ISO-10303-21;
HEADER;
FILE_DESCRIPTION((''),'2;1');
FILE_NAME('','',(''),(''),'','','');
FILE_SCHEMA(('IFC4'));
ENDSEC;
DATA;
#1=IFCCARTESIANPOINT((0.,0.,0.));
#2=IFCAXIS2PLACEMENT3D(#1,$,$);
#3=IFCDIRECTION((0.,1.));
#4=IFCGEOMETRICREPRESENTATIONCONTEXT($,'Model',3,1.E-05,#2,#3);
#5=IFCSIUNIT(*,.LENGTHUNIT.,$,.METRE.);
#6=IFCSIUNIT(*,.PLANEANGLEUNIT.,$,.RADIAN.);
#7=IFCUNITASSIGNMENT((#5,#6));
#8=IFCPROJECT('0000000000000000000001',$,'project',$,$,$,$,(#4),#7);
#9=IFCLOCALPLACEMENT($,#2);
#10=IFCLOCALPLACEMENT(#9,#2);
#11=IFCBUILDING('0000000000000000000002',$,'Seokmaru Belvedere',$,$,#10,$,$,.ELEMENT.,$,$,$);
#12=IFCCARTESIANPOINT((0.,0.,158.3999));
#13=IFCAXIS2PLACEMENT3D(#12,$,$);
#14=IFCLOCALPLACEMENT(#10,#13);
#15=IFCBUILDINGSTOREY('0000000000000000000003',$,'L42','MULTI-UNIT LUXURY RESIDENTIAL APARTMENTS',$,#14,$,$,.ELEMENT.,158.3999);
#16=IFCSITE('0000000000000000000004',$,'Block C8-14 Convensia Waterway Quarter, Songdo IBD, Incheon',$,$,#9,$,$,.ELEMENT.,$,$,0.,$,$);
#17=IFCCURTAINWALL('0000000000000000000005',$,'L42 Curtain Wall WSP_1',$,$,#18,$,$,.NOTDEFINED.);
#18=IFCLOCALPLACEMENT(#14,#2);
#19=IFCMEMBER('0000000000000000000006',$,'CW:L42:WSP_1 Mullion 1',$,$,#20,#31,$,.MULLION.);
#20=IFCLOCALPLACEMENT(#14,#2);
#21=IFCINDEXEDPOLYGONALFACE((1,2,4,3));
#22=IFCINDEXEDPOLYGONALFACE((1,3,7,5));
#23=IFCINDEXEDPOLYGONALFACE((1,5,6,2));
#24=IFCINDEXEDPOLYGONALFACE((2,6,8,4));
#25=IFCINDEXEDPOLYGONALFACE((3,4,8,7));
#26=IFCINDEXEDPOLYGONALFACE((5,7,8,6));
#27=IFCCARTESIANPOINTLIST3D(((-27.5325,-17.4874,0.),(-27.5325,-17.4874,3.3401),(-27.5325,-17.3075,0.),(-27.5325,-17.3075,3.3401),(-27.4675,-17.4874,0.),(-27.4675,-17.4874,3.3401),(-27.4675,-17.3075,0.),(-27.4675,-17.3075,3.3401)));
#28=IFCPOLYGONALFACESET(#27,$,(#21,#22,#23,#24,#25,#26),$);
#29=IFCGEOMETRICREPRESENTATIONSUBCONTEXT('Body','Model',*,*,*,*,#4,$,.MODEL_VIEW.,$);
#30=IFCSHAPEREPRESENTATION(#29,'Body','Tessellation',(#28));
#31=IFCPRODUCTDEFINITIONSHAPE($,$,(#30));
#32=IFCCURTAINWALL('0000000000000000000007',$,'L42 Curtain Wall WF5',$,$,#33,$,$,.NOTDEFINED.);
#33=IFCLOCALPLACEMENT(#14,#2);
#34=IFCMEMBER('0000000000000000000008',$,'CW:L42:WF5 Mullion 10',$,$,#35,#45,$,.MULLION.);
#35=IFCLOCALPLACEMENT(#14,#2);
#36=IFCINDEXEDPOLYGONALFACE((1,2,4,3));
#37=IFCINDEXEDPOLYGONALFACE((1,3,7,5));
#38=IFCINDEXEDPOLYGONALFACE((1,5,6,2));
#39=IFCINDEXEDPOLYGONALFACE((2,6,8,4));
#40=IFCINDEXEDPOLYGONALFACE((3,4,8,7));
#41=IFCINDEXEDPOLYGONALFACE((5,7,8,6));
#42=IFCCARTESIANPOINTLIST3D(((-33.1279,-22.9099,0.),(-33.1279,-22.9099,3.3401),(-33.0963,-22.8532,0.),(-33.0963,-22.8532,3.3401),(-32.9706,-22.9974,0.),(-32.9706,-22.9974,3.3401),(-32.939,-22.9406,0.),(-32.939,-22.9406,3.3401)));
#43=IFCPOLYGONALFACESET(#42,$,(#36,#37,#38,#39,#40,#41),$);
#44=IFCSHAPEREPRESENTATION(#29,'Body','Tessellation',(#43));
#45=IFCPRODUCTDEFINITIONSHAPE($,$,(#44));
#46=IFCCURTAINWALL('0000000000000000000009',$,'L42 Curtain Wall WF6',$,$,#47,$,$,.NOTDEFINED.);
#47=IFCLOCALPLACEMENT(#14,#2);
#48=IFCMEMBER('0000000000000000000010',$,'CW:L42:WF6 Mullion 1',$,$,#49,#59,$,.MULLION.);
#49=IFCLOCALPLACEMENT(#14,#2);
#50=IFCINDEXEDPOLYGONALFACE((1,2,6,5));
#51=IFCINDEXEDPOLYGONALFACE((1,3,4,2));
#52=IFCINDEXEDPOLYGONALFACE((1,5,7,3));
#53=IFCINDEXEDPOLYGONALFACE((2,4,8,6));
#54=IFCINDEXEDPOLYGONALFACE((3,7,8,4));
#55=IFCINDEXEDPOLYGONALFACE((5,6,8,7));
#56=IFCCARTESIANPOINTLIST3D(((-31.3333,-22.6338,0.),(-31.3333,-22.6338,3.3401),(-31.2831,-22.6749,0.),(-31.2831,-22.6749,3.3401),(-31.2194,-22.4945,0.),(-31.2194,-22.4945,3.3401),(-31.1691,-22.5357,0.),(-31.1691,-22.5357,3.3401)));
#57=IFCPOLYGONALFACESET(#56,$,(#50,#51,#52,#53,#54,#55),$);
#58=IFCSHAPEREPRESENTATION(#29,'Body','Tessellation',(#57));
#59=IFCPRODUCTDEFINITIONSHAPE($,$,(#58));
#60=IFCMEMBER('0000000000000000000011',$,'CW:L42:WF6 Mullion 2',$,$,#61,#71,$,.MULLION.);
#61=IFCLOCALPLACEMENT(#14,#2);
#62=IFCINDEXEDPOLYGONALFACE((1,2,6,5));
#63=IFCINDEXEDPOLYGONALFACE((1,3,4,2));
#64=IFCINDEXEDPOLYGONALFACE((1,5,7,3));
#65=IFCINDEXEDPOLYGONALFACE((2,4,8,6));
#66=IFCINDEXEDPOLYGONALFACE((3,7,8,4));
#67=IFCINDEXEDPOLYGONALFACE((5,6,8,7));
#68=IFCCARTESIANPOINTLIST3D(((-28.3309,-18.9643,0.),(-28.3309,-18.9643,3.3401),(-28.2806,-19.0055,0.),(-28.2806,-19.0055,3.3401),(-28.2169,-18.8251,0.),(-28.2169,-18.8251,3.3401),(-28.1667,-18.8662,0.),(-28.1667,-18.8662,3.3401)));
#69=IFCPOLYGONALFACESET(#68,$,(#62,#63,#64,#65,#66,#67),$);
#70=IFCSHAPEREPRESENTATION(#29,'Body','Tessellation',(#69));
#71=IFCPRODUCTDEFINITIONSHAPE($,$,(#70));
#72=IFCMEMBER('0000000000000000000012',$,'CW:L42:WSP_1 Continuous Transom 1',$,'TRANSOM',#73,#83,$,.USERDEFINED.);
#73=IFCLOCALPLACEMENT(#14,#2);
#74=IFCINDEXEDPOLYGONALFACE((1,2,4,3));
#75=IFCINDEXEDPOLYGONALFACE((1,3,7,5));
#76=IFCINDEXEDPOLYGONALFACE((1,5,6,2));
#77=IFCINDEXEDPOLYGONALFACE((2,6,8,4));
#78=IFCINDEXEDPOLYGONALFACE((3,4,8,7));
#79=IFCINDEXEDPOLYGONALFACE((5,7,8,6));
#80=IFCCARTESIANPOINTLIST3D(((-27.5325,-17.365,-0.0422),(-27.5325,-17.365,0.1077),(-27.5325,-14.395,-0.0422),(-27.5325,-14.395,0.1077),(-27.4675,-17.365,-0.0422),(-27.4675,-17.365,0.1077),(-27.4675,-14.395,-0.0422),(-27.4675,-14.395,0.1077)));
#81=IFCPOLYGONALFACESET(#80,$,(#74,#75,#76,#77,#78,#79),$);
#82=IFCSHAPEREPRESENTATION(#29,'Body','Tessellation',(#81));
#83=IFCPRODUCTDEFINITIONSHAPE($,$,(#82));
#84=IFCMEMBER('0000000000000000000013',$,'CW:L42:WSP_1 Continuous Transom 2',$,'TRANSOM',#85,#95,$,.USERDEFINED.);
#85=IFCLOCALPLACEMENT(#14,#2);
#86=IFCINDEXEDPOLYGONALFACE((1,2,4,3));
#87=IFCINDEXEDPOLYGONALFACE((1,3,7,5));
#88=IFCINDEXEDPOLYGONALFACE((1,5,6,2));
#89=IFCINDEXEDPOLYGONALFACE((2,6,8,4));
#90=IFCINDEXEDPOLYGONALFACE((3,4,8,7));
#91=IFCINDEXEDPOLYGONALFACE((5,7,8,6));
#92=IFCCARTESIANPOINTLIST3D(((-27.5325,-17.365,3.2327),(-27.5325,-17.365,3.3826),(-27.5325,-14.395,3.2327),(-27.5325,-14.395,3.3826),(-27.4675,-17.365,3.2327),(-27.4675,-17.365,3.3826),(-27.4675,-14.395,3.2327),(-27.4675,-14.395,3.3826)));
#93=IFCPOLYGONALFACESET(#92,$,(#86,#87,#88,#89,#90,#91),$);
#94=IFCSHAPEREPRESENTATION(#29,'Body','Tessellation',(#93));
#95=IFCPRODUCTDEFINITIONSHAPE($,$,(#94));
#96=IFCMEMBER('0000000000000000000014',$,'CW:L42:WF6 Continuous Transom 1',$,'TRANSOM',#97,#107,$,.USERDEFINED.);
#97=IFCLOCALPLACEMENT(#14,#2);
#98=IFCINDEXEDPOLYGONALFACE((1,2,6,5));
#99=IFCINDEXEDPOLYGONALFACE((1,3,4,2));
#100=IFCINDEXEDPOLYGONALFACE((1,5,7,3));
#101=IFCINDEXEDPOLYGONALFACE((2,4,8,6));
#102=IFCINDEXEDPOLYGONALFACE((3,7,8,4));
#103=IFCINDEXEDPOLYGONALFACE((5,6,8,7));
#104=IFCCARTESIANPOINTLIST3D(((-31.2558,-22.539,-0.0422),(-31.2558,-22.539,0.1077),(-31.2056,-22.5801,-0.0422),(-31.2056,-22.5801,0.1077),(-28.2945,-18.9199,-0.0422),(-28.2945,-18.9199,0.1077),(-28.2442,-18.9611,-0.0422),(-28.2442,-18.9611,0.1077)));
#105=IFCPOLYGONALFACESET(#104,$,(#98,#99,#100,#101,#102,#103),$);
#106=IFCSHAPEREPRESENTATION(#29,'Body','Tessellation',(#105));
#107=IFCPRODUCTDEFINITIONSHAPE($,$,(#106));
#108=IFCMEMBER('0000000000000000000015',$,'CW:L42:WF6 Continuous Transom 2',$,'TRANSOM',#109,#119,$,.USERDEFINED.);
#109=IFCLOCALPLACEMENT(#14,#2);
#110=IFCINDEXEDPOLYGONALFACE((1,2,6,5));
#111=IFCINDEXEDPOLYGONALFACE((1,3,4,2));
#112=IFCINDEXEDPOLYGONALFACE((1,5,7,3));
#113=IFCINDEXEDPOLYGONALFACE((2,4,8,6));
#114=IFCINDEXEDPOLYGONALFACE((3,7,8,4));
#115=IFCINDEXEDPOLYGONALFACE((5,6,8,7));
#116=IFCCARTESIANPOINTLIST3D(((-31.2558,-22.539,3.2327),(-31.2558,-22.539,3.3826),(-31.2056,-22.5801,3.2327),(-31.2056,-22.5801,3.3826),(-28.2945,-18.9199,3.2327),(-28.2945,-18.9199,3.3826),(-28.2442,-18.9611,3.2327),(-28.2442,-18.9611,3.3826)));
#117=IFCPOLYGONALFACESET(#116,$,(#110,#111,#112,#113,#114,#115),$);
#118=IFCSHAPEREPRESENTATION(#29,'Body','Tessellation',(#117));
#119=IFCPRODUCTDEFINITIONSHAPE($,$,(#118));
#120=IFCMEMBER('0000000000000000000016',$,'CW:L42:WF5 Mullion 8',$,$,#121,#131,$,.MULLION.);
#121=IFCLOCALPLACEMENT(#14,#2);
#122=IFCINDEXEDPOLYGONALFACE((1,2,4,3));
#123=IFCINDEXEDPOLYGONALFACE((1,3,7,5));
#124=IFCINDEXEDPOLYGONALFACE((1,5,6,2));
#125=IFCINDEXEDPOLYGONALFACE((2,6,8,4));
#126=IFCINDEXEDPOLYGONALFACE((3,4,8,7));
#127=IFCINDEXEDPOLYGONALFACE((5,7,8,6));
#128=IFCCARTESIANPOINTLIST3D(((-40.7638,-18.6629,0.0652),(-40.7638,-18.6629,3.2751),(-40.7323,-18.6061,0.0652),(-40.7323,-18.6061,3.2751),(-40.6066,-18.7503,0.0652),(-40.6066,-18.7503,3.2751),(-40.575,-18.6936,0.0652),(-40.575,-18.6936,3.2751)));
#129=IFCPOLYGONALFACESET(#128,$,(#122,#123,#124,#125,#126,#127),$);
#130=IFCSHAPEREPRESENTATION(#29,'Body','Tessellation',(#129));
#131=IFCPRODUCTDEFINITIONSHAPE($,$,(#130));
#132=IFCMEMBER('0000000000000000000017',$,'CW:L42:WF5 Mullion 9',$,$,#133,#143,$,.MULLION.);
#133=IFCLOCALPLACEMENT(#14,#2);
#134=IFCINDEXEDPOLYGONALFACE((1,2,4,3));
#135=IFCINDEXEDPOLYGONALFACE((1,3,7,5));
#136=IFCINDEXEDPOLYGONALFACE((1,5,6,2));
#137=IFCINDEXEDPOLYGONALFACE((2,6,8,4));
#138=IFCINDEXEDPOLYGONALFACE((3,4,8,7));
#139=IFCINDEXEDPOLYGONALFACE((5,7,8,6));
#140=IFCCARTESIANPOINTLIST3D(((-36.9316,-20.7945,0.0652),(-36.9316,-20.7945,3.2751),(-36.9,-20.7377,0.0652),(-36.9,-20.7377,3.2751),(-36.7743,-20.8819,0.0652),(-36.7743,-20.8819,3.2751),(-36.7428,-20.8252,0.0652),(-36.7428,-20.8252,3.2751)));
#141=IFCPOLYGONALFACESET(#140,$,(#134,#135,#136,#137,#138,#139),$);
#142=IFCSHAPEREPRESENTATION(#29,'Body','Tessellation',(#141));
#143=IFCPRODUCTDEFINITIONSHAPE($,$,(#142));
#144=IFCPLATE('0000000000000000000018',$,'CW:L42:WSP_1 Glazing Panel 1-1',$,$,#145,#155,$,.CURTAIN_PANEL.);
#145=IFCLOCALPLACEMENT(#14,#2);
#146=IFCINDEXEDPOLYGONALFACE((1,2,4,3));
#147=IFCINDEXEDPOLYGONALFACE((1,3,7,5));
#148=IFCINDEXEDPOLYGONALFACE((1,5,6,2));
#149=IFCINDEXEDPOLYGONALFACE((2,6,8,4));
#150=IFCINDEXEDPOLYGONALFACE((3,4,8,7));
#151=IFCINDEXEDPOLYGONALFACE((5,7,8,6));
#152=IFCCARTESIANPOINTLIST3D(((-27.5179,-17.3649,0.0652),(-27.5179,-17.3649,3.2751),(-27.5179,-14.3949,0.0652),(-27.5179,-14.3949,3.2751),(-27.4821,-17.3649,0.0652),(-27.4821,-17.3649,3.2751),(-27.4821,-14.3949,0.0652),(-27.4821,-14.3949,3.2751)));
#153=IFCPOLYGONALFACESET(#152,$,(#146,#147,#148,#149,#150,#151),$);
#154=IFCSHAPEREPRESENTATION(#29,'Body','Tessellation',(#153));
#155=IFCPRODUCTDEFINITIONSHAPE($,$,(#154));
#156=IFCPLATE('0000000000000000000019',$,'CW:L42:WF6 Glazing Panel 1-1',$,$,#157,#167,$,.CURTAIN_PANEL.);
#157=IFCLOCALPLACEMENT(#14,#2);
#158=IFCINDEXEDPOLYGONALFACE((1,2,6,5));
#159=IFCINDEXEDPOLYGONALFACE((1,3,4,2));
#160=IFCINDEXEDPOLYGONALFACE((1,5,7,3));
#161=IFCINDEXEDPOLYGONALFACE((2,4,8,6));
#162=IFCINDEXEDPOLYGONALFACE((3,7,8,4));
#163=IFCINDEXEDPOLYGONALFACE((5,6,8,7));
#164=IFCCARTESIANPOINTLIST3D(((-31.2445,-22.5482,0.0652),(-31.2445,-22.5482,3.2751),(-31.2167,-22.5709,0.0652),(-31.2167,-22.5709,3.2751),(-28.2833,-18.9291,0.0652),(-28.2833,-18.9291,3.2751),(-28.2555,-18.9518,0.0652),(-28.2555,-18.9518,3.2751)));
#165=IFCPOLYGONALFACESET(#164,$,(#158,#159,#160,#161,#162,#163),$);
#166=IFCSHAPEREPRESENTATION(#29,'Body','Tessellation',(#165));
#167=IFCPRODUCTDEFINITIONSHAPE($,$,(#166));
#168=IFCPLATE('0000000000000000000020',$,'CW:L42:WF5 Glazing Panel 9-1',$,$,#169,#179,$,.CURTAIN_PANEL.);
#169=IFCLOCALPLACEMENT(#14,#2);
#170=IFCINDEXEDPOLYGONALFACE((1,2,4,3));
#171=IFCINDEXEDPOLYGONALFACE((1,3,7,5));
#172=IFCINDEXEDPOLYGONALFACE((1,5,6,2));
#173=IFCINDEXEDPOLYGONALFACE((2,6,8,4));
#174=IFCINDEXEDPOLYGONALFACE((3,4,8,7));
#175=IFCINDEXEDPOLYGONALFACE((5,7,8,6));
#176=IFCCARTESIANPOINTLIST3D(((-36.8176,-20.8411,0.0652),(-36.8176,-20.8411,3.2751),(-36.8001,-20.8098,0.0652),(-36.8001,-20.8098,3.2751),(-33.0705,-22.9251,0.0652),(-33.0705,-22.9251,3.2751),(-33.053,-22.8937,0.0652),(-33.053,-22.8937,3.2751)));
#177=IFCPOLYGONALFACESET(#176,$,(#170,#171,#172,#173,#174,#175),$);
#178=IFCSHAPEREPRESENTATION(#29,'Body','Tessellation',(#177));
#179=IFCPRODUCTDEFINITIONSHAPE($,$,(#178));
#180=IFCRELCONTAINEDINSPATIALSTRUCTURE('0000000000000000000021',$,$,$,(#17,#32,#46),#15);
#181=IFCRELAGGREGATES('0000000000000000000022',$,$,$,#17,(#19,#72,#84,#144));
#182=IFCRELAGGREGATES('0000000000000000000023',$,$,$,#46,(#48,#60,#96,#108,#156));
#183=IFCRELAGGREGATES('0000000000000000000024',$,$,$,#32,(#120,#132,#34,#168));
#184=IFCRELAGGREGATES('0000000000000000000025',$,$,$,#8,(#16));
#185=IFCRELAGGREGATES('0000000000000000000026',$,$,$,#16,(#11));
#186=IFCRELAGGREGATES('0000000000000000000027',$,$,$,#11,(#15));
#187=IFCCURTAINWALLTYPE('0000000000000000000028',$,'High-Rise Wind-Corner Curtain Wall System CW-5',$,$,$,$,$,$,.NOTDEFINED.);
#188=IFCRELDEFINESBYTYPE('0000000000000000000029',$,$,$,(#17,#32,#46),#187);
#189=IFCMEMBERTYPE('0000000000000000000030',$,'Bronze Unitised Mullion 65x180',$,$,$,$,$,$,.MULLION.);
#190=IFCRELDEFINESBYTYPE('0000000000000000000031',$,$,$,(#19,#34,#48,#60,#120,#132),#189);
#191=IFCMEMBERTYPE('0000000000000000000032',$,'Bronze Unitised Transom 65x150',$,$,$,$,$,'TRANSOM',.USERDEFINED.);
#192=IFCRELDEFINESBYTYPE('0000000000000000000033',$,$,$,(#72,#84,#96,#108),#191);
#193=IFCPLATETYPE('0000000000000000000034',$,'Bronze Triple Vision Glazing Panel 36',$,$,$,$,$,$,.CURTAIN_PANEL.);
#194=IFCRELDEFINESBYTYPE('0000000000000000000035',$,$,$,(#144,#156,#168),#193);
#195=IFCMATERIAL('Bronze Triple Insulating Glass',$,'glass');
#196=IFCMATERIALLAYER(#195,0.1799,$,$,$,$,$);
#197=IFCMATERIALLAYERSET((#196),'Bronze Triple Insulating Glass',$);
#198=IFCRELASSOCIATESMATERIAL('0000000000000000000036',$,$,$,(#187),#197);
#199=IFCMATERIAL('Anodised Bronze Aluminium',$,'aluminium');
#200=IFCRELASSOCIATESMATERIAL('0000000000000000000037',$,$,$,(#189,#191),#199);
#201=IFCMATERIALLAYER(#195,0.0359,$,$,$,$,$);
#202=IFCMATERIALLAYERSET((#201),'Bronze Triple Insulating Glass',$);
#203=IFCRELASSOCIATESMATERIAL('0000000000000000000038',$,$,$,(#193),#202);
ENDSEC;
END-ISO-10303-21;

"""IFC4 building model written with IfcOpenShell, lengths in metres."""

from ifc_helpers import new_model, si_unit, direction, frame, origin, origin_2d, place, context, subcontext, project, spatial, rectangle, extrude, source, transform, mapped, material, layer, layer_set, material_profile, profile_set, type_object, type_shapes, element, aggregate, save


model = new_model("IFC4")

# Units and contexts
model_context = context("Model", 3, precision=1e-05, world=origin(), true_north=direction((0.0, 1.0)))
body_context = subcontext(model_context, "Body", "Model", "MODEL_VIEW")
ifc_project = project(units=[si_unit("LENGTHUNIT", "METRE"), si_unit("PLANEANGLEUNIT", "RADIAN")], contexts=[model_context])

# Site, building, storey
site_placement = place(None, origin())
site = spatial("IfcSite", under=ifc_project, at=site_placement, Name="Block C8-14 Convensia Waterway Quarter, Songdo IBD, Incheon", CompositionType="ELEMENT", RefElevation=0.0)
building_placement = place(site_placement, origin())
building = spatial("IfcBuilding", under=site, at=building_placement, Name="Seokmaru Belvedere", CompositionType="ELEMENT")
storey_placement = place(building_placement, frame((0.0, 0.0, 158.3999)))
storey = spatial("IfcBuildingStorey", under=building, at=storey_placement, Name="L42", Description="MULTI-UNIT LUXURY RESIDENTIAL APARTMENTS", CompositionType="ELEMENT", Elevation=158.3999)

# Curtain walls, members
ifc_material_1 = material(Name="Bronze Triple Insulating Glass", Category="glass")
ifc_layer_1 = layer(ifc_material_1, 0.1799)
ifc_layer_set_1 = layer_set([ifc_layer_1], Name="Bronze Triple Insulating Glass")
curtain_wall_type = type_object("IfcCurtainWallType", Name="High-Rise Wind-Corner Curtain Wall System CW-5", PredefinedType="NOTDEFINED", material=ifc_layer_set_1)
curtain_wall_1_placement = place(storey_placement, origin())
curtain_wall_1 = element("IfcCurtainWall", 1, at=curtain_wall_1_placement, inside=storey, type_object=curtain_wall_type, Name="L42 Curtain Wall WSP_1", PredefinedType="NOTDEFINED")
ifc_material_2 = material(Name="Anodised Bronze Aluminium", Category="aluminium")
ifc_material_profile_1 = material_profile(ifc_material_2, rectangle(XDim=0.0649, YDim=0.1799, at=origin_2d()), Name="CW-M-65x180")
ifc_profile_set_1 = profile_set([ifc_material_profile_1], Name="Anodised Bronze Aluminium")
member_type_1 = type_object("IfcMemberType", Name="Bronze Unitised Mullion 65x180", PredefinedType="MULLION", material=ifc_profile_set_1)
shared_shape_1 = source(origin(), body_context, "Body", "SweptSolid", [
    extrude(rectangle(XDim=0.0649, YDim=0.1799, at=origin_2d()), origin(), (0.0, 0.0, 1.0), 3.3401),
])
member_1_placement = place(storey_placement, frame((-27.5, -17.3975, 0.0), z_axis=(0.0, 0.0, 1.0), x_axis=(-1.0, 0.0, 0.0)))
member_1 = element("IfcMember", 2, at=member_1_placement, type_object=member_type_1, Name="CW:L42:WSP_1 Mullion 1", PredefinedType="MULLION", context=body_context, shape_type="MappedRepresentation", body=[
    mapped(shared_shape_1, transform((0.0, 0.0, 0.0), scale=1.0)),
])
curtain_wall_2_placement = place(storey_placement, origin())
curtain_wall_2 = element("IfcCurtainWall", 3, at=curtain_wall_2_placement, inside=storey, type_object=curtain_wall_type, Name="L42 Curtain Wall WF5", PredefinedType="NOTDEFINED")
member_2_placement = place(storey_placement, frame((-33.0334, -22.9253, 0.0), z_axis=(0.0, 0.0, 1.0), x_axis=(0.486047, 0.873933, 0.0)))
member_2 = element("IfcMember", 4, at=member_2_placement, type_object=member_type_1, Name="CW:L42:WF5 Mullion 10", PredefinedType="MULLION", context=body_context, shape_type="MappedRepresentation", body=[
    mapped(shared_shape_1, transform((0.0, 0.0, 0.0), scale=1.0)),
])

# Curtain wall, members
curtain_wall_3_placement = place(storey_placement, origin())
curtain_wall_3 = element("IfcCurtainWall", 5, at=curtain_wall_3_placement, inside=storey, type_object=curtain_wall_type, Name="L42 Curtain Wall WF6", PredefinedType="NOTDEFINED")
member_3_placement = place(storey_placement, frame((-31.2512, -22.5847, 0.0), z_axis=(0.0, 0.0, 1.0), x_axis=(-0.773944, 0.633254, 0.0)))
member_3 = element("IfcMember", 6, at=member_3_placement, type_object=member_type_1, Name="CW:L42:WF6 Mullion 1", PredefinedType="MULLION", context=body_context, shape_type="MappedRepresentation", body=[
    mapped(shared_shape_1, transform((0.0, 0.0, 0.0), scale=1.0)),
])
member_4_placement = place(storey_placement, frame((-28.2488, -18.9153, 0.0), z_axis=(0.0, 0.0, 1.0), x_axis=(-0.773944, 0.633254, 0.0)))
member_4 = element("IfcMember", 7, at=member_4_placement, type_object=member_type_1, Name="CW:L42:WF6 Mullion 2", PredefinedType="MULLION", context=body_context, shape_type="MappedRepresentation", body=[
    mapped(shared_shape_1, transform((0.0, 0.0, 0.0), scale=1.0)),
])

# Members
ifc_material_profile_2 = material_profile(ifc_material_2, rectangle(XDim=0.0649, YDim=0.1499, at=origin_2d()), Name="CW-T-65x150")
ifc_profile_set_2 = profile_set([ifc_material_profile_2], Name="Anodised Bronze Aluminium")
member_type_2 = type_object("IfcMemberType", Name="Bronze Unitised Transom 65x150", ElementType="TRANSOM", PredefinedType="USERDEFINED", material=ifc_profile_set_2)
shared_shape_2 = source(origin(), body_context, "Body", "SweptSolid", [
    extrude(rectangle(XDim=0.0649, YDim=0.1499, at=origin_2d()), origin(), (0.0, 0.0, 1.0), 2.97),
])
member_5_placement = place(storey_placement, frame((-27.5, -17.365, 0.0327), z_axis=(0.0, 1.0, 0.0), x_axis=(-1.0, 0.0, 0.0)))
member_5 = element("IfcMember", 8, at=member_5_placement, type_object=member_type_2, Name="CW:L42:WSP_1 Continuous Transom 1", ObjectType="TRANSOM", PredefinedType="USERDEFINED", context=body_context, shape_type="MappedRepresentation", body=[
    mapped(shared_shape_2, transform((0.0, 0.0, 0.0), scale=1.0)),
])
member_6_placement = place(storey_placement, frame((-27.5, -17.365, 3.3076), z_axis=(0.0, 1.0, 0.0), x_axis=(-1.0, 0.0, 0.0)))
member_6 = element("IfcMember", 9, at=member_6_placement, type_object=member_type_2, Name="CW:L42:WSP_1 Continuous Transom 2", ObjectType="TRANSOM", PredefinedType="USERDEFINED", context=body_context, shape_type="MappedRepresentation", body=[
    mapped(shared_shape_2, transform((0.0, 0.0, 0.0), scale=1.0)),
])
shared_shape_3 = source(origin(), body_context, "Body", "SweptSolid", [
    extrude(rectangle(XDim=0.0649, YDim=0.1499, at=origin_2d()), origin(), (0.0, 0.0, 1.0), 4.6763),
])
type_shapes(member_type_2, [shared_shape_2, shared_shape_3])
member_7_placement = place(storey_placement, frame((-31.2307, -22.5596, 0.0327), z_axis=(0.633278, 0.773925, 0.0), x_axis=(-0.773925, 0.633278, 0.0)))
member_7 = element("IfcMember", 10, at=member_7_placement, type_object=member_type_2, Name="CW:L42:WF6 Continuous Transom 1", ObjectType="TRANSOM", PredefinedType="USERDEFINED", context=body_context, shape_type="MappedRepresentation", body=[
    mapped(shared_shape_3, transform((0.0, 0.0, 0.0), scale=1.0)),
])
member_8_placement = place(storey_placement, frame((-31.2307, -22.5596, 3.3076), z_axis=(0.633278, 0.773925, 0.0), x_axis=(-0.773925, 0.633278, 0.0)))
member_8 = element("IfcMember", 11, at=member_8_placement, type_object=member_type_2, Name="CW:L42:WF6 Continuous Transom 2", ObjectType="TRANSOM", PredefinedType="USERDEFINED", context=body_context, shape_type="MappedRepresentation", body=[
    mapped(shared_shape_3, transform((0.0, 0.0, 0.0), scale=1.0)),
])
shared_shape_4 = source(origin(), body_context, "Body", "SweptSolid", [
    extrude(rectangle(XDim=0.0649, YDim=0.1799, at=origin_2d()), origin(), (0.0, 0.0, 1.0), 3.21),
])
type_shapes(member_type_1, [shared_shape_1, shared_shape_4])
member_9_placement = place(storey_placement, frame((-40.6694, -18.6782, 0.0652), z_axis=(0.0, 0.0, 1.0), x_axis=(0.486047, 0.873933, 0.0)))
member_9 = element("IfcMember", 12, at=member_9_placement, type_object=member_type_1, Name="CW:L42:WF5 Mullion 8", PredefinedType="MULLION", context=body_context, shape_type="MappedRepresentation", body=[
    mapped(shared_shape_4, transform((0.0, 0.0, 0.0), scale=1.0)),
])
member_10_placement = place(storey_placement, frame((-36.8372, -20.8098, 0.0652), z_axis=(0.0, 0.0, 1.0), x_axis=(0.486047, 0.873933, 0.0)))
member_10 = element("IfcMember", 13, at=member_10_placement, type_object=member_type_1, Name="CW:L42:WF5 Mullion 9", PredefinedType="MULLION", context=body_context, shape_type="MappedRepresentation", body=[
    mapped(shared_shape_4, transform((0.0, 0.0, 0.0), scale=1.0)),
])

# Plates
ifc_layer_2 = layer(ifc_material_1, 0.0359)
ifc_layer_set_2 = layer_set([ifc_layer_2], Name="Bronze Triple Insulating Glass")
plate_type = type_object("IfcPlateType", Name="Bronze Triple Vision Glazing Panel 36", PredefinedType="CURTAIN_PANEL", material=ifc_layer_set_2)
shared_shape_5 = source(origin(), body_context, "Body", "SweptSolid", [
    extrude(rectangle(XDim=2.97, YDim=0.0359, at=origin_2d()), origin(), (0.0, 0.0, 1.0), 3.21),
])
plate_1_placement = place(storey_placement, frame((-27.5, -15.8799, 0.0652), z_axis=(0.0, 0.0, 1.0), x_axis=(0.0, 1.0, 0.0)))
plate_1 = element("IfcPlate", 14, at=plate_1_placement, type_object=plate_type, Name="CW:L42:WSP_1 Glazing Panel 1-1", PredefinedType="CURTAIN_PANEL", context=body_context, shape_type="MappedRepresentation", body=[
    mapped(shared_shape_5, transform((0.0, 0.0, 0.0), scale=1.0)),
])
aggregate(curtain_wall_1, [member_1, member_5, member_6, plate_1])
shared_shape_6 = source(origin(), body_context, "Body", "SweptSolid", [
    extrude(rectangle(XDim=4.6763, YDim=0.0359, at=origin_2d()), origin(), (0.0, 0.0, 1.0), 3.21),
])
plate_2_placement = place(storey_placement, frame((-29.75, -20.75, 0.0652), z_axis=(0.0, 0.0, 1.0), x_axis=(0.633254, 0.773944, 0.0)))
plate_2 = element("IfcPlate", 15, at=plate_2_placement, type_object=plate_type, Name="CW:L42:WF6 Glazing Panel 1-1", PredefinedType="CURTAIN_PANEL", context=body_context, shape_type="MappedRepresentation", body=[
    mapped(shared_shape_6, transform((0.0, 0.0, 0.0), scale=1.0)),
])
aggregate(curtain_wall_3, [member_3, member_4, member_7, member_8, plate_2])
shared_shape_7 = source(origin(), body_context, "Body", "SweptSolid", [
    extrude(rectangle(XDim=4.2876, YDim=0.0359, at=origin_2d()), origin(), (0.0, 0.0, 1.0), 3.21),
])
plate_3_placement = place(storey_placement, frame((-34.9353, -21.8674, 0.0652), z_axis=(0.0, 0.0, 1.0), x_axis=(0.873933, -0.486047, 0.0)))
plate_3 = element("IfcPlate", 16, at=plate_3_placement, type_object=plate_type, Name="CW:L42:WF5 Glazing Panel 9-1", PredefinedType="CURTAIN_PANEL", context=body_context, shape_type="MappedRepresentation", body=[
    mapped(shared_shape_7, transform((0.0, 0.0, 0.0), scale=1.0)),
])
aggregate(curtain_wall_2, [member_9, member_10, member_2, plate_3])

save(model, "model.ifc")
